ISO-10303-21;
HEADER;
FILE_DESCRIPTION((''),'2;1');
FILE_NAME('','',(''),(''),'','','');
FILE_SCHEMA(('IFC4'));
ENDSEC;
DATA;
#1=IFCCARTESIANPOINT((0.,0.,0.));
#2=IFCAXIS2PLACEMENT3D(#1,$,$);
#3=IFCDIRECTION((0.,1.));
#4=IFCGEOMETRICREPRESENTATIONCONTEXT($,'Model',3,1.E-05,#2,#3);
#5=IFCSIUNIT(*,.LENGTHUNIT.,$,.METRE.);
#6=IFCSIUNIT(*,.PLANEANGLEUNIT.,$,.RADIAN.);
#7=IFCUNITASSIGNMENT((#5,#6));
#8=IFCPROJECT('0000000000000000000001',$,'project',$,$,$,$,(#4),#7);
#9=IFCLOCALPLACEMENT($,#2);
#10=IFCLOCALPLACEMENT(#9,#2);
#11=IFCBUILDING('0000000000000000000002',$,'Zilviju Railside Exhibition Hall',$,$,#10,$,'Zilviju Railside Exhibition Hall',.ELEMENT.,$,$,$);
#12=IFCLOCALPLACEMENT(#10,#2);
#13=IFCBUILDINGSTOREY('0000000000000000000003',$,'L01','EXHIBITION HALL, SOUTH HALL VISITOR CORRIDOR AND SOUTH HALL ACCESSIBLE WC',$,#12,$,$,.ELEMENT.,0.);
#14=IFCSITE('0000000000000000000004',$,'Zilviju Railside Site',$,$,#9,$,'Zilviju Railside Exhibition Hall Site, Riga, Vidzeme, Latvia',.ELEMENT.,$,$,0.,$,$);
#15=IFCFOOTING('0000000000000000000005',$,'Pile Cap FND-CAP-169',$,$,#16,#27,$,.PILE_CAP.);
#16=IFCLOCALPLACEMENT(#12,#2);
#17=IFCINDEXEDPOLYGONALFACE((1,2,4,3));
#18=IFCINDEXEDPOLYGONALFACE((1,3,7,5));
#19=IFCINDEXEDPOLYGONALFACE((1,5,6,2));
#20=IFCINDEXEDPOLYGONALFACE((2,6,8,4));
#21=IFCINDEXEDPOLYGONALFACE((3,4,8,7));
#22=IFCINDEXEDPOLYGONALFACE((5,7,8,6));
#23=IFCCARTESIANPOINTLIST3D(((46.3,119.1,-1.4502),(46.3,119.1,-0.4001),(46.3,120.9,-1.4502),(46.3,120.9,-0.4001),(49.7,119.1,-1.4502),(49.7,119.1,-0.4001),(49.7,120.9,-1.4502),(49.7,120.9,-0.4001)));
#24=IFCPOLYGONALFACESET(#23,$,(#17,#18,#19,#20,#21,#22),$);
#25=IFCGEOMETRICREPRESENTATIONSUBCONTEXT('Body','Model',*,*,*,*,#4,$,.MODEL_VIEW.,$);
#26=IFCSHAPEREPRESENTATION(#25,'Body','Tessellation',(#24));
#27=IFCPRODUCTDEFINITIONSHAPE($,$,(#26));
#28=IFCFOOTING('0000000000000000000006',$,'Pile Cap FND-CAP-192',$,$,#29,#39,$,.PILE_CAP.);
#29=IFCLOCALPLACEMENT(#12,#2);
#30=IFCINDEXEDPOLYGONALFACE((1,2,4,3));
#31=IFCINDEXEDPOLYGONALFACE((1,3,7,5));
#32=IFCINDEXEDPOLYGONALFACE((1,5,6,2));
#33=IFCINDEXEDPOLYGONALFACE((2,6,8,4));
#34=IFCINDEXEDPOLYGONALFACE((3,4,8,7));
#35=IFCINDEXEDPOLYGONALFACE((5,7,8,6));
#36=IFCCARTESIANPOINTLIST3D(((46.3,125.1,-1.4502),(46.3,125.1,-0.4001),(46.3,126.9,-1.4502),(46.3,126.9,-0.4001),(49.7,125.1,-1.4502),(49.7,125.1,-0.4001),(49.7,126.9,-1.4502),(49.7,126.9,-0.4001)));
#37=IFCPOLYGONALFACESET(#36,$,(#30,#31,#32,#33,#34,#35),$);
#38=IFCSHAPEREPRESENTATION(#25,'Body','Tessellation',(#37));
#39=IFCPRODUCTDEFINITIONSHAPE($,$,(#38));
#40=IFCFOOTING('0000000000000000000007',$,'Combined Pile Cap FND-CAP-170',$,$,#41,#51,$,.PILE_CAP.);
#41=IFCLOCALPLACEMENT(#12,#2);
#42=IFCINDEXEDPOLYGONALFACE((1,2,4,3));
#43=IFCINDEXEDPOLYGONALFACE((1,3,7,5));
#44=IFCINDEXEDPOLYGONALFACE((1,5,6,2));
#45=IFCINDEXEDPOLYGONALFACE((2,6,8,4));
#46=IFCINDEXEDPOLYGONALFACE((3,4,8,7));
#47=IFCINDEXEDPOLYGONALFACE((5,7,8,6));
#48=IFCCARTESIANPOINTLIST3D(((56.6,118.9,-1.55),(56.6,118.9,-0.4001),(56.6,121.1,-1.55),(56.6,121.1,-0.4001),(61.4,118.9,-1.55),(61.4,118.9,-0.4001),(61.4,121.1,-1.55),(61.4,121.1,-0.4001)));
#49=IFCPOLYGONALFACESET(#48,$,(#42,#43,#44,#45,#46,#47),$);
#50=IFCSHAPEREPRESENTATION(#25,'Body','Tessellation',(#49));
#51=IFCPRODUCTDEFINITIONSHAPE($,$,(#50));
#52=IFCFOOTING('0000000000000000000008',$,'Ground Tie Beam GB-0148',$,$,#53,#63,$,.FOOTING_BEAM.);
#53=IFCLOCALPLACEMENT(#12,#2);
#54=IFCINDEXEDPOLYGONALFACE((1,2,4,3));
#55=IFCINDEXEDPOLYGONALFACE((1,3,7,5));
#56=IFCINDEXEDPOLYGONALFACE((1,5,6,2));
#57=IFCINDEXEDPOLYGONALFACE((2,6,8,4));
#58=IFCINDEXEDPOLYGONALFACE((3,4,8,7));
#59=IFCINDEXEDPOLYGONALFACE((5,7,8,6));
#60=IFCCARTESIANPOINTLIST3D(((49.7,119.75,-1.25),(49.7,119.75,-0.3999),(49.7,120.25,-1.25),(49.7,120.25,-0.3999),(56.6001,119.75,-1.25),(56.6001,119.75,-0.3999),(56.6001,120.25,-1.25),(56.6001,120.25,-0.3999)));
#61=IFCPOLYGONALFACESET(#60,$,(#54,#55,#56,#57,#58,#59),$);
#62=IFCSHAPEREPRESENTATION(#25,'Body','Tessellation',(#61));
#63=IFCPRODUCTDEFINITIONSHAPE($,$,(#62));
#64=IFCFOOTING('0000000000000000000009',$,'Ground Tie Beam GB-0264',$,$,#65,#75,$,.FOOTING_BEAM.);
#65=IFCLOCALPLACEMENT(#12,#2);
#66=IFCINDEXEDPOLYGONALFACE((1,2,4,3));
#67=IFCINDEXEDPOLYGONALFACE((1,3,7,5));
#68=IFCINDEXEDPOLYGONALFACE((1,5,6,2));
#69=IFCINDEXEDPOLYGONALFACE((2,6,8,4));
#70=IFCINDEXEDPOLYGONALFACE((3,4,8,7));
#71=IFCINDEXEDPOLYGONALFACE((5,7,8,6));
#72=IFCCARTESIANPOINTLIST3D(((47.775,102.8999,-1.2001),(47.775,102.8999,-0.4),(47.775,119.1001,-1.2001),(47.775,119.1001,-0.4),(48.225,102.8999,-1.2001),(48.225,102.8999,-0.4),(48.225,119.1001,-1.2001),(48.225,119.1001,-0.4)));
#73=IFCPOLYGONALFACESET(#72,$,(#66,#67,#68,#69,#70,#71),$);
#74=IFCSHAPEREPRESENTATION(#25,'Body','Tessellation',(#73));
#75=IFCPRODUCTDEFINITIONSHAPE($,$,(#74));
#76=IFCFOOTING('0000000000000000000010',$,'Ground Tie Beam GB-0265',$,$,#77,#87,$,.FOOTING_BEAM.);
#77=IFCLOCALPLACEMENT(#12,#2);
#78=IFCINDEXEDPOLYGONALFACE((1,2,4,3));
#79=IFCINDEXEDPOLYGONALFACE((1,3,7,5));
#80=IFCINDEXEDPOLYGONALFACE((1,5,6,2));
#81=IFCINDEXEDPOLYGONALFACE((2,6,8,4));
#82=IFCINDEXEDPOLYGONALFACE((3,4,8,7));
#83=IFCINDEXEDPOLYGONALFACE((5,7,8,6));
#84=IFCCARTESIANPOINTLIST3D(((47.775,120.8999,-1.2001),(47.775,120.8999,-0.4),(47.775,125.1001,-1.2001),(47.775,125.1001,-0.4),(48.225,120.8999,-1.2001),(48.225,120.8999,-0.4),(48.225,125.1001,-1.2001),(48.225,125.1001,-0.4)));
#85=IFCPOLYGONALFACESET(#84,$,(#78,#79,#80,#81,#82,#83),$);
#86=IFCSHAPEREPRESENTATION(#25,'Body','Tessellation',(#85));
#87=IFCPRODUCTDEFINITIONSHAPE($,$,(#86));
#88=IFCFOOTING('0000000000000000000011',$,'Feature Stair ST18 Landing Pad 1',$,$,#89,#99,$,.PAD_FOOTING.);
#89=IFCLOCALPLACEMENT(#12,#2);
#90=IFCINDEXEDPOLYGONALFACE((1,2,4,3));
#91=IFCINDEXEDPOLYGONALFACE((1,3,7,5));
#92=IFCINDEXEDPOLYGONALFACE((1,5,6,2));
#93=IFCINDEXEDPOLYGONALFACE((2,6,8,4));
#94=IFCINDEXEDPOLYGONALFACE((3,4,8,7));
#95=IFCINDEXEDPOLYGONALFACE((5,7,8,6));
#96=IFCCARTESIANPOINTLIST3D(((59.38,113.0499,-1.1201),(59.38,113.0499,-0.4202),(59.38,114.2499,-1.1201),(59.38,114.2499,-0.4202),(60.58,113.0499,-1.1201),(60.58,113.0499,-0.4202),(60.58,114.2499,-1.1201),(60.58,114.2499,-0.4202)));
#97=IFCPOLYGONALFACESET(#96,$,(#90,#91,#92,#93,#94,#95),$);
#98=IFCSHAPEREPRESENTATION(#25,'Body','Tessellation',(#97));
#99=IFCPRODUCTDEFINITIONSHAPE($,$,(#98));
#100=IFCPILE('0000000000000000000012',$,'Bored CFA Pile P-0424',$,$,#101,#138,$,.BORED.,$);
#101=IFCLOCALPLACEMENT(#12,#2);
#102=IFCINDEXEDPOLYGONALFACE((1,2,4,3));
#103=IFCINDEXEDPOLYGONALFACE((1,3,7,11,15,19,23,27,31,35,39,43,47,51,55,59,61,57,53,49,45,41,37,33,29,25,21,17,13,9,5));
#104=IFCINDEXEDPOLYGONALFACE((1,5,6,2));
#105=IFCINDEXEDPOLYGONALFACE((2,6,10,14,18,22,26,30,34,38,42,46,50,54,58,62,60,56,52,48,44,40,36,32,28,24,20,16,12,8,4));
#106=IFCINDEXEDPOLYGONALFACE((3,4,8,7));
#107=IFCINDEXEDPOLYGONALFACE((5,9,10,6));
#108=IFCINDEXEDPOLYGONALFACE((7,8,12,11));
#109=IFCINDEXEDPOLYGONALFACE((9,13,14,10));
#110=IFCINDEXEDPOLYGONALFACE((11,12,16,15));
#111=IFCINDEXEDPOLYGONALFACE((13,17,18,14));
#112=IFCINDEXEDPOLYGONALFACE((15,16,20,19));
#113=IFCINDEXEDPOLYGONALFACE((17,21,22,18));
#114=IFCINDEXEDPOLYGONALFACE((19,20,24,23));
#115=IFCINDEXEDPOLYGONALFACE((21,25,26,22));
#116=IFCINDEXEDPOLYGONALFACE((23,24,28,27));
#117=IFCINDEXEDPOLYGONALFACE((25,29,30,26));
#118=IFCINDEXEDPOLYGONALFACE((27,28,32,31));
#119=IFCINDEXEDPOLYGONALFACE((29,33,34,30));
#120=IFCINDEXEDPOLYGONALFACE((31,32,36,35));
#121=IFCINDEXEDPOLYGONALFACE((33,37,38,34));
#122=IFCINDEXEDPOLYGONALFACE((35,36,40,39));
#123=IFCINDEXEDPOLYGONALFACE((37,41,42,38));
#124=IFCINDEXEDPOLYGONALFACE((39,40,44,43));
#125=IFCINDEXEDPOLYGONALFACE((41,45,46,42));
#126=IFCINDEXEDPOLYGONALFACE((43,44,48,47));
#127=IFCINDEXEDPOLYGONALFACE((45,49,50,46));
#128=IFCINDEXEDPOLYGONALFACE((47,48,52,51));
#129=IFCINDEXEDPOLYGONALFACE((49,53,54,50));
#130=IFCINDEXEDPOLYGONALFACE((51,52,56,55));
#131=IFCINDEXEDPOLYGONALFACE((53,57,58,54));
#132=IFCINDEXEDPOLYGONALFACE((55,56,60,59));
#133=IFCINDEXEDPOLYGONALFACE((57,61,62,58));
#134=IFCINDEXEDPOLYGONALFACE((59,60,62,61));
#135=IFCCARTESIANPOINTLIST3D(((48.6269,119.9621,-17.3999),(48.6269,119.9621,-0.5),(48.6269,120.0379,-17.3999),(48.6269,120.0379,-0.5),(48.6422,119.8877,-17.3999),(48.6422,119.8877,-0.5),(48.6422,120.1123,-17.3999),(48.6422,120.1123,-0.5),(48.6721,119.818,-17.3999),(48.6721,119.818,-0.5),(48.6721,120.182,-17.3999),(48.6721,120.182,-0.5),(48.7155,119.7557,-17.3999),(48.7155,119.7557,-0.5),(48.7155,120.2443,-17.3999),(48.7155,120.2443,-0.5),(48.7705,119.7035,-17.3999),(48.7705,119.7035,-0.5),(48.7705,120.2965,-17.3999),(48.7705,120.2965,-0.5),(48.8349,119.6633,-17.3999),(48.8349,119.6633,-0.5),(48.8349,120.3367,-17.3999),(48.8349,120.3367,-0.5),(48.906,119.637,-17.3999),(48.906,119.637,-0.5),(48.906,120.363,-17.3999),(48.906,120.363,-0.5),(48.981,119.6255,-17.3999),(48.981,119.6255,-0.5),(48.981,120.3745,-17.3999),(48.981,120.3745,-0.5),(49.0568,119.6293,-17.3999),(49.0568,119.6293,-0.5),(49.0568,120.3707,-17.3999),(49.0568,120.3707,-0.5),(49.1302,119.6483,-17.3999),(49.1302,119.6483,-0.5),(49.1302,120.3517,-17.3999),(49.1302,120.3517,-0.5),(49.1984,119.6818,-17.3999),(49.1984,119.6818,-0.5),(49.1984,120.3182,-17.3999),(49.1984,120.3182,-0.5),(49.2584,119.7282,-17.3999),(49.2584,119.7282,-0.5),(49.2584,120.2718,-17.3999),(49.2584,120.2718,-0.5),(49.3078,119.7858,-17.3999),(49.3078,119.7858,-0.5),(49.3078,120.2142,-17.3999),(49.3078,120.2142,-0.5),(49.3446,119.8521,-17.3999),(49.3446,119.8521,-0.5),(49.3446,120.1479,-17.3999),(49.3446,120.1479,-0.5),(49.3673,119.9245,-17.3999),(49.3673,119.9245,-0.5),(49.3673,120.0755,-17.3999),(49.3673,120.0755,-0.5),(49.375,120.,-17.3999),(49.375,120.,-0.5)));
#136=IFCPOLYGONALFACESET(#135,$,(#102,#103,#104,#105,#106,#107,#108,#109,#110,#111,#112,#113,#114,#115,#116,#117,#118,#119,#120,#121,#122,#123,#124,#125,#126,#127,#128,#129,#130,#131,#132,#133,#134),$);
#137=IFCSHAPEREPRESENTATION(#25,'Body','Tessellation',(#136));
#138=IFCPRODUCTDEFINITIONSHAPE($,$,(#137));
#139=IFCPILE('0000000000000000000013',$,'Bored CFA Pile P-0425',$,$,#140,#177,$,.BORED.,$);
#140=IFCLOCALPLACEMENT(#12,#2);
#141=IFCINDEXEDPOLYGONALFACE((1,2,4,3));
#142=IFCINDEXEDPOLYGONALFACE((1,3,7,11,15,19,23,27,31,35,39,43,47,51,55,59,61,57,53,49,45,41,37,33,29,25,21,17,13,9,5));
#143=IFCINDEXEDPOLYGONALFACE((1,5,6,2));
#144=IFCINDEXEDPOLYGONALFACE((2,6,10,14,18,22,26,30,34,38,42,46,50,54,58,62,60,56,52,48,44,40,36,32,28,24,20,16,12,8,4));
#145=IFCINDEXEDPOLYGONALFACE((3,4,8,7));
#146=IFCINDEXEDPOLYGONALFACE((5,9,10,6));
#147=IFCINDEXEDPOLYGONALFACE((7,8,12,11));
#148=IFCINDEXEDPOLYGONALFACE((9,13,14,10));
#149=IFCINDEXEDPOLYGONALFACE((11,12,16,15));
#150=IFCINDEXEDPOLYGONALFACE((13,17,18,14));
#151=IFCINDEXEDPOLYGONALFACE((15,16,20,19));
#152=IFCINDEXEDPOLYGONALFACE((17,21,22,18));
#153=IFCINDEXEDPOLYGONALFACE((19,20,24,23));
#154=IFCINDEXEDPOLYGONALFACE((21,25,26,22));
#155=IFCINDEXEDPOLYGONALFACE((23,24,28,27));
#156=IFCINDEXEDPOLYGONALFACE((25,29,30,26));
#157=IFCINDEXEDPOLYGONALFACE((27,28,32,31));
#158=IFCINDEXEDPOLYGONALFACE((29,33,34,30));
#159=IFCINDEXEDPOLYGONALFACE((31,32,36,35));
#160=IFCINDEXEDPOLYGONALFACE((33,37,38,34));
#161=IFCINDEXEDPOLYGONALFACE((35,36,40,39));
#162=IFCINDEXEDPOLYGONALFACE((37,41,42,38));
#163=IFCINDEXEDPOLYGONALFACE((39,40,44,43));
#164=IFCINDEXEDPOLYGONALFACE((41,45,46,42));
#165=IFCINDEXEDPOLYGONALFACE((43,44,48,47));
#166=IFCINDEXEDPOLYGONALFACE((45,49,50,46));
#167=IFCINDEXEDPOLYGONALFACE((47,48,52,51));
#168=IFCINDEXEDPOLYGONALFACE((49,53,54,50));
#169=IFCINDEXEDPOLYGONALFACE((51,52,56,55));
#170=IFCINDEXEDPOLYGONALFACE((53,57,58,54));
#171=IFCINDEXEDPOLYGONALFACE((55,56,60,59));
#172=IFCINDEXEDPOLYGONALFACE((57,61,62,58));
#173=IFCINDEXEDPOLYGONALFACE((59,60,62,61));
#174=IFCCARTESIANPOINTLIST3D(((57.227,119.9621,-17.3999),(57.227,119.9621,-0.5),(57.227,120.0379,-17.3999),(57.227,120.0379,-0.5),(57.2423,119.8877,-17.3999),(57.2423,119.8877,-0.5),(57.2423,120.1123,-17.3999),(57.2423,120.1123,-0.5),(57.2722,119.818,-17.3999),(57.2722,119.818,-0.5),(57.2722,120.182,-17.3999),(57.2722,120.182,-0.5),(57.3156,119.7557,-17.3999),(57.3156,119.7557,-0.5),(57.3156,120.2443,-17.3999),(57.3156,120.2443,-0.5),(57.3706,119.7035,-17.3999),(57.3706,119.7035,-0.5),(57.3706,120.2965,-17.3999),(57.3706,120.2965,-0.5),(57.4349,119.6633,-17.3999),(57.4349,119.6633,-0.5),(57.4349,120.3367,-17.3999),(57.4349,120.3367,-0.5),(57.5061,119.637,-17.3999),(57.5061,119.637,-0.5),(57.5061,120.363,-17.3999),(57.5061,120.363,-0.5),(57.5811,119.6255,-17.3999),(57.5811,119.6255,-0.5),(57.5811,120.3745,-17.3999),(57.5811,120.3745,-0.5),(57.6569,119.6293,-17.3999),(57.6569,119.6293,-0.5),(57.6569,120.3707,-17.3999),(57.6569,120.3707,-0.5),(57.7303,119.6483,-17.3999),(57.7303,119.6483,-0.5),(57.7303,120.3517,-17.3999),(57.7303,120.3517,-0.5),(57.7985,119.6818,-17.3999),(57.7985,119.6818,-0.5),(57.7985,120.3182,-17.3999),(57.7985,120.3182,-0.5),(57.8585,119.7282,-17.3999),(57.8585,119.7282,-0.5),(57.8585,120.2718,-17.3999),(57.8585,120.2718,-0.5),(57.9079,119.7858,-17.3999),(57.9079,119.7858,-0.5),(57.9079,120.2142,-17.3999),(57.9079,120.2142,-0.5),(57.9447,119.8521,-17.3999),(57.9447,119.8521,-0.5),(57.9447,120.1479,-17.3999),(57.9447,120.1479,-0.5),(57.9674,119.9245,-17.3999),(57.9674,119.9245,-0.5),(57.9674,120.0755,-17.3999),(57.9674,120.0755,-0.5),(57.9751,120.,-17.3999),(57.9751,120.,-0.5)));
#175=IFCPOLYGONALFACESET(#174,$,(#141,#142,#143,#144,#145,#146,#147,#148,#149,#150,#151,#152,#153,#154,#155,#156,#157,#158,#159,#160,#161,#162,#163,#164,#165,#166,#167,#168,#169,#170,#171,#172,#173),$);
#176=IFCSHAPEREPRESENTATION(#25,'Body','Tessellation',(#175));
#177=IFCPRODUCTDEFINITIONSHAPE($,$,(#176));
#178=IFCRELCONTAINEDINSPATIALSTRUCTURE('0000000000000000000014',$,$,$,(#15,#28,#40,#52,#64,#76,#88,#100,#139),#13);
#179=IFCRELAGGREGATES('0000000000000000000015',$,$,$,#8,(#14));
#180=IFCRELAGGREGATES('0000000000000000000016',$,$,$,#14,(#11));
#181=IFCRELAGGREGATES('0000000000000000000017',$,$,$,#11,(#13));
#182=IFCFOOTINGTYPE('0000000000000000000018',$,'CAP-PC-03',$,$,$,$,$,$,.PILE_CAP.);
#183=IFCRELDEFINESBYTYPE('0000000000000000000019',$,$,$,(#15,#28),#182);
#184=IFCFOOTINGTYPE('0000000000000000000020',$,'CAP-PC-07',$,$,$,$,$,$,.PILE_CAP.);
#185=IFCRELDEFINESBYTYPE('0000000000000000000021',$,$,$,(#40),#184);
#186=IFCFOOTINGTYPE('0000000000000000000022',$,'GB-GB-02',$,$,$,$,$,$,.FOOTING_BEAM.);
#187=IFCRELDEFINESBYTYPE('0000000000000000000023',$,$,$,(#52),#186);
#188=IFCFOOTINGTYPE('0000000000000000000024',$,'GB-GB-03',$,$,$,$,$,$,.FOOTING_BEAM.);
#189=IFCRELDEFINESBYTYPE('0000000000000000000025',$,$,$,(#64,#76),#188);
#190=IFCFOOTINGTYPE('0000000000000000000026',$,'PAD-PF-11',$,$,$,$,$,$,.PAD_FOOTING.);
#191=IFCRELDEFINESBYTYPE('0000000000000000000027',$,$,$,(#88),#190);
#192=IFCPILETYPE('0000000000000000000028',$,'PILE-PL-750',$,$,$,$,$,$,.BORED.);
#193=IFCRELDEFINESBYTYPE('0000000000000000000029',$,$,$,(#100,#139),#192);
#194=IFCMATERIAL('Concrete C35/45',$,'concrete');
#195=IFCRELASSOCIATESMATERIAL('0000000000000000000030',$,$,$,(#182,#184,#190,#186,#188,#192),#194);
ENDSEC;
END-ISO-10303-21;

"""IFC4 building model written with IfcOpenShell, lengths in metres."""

from ifc_helpers import new_model, si_unit, direction, frame, origin, origin_2d, place, context, subcontext, project, spatial, rectangle, circle, extrude, material, material_profile, profile_set, type_object, element, save


model = new_model("IFC4")

# Units and contexts
model_context = context("Model", 3, precision=1e-05, world=origin(), true_north=direction((0.0, 1.0)))
body_context = subcontext(model_context, "Body", "Model", "MODEL_VIEW")
ifc_project = project(units=[si_unit("LENGTHUNIT", "METRE"), si_unit("PLANEANGLEUNIT", "RADIAN")], contexts=[model_context])

# Site, building, storey
site_placement = place(None, origin())
site = spatial("IfcSite", under=ifc_project, at=site_placement, Name="Zilviju Railside Site", LongName="Zilviju Railside Exhibition Hall Site, Riga, Vidzeme, Latvia", CompositionType="ELEMENT", RefElevation=0.0)
building_placement = place(site_placement, origin())
building = spatial("IfcBuilding", under=site, at=building_placement, Name="Zilviju Railside Exhibition Hall", LongName="Zilviju Railside Exhibition Hall", CompositionType="ELEMENT")
storey_placement = place(building_placement, origin())
storey = spatial("IfcBuildingStorey", under=building, at=storey_placement, Name="L01", Description="EXHIBITION HALL, SOUTH HALL VISITOR CORRIDOR AND SOUTH HALL ACCESSIBLE WC", CompositionType="ELEMENT", Elevation=0.0)

# Footings
ifc_material_1 = material(Name="Concrete C35/45", Category="concrete")
footing_type_1 = type_object("IfcFootingType", Name="CAP-PC-03", PredefinedType="PILE_CAP", material=ifc_material_1)
for number, where, z_axis, x_axis, name in (
    (1, (48.0, 120.0, -1.4502), (0.0, 0.0, 1.0), (1.0, 0.0, 0.0), "Pile Cap FND-CAP-169"),
    (2, (48.0, 126.0, -1.4502), (0.0, 0.0, 1.0), (1.0, 0.0, 0.0), "Pile Cap FND-CAP-192"),
):
    element("IfcFooting", number, at=place(storey_placement, frame(where, z_axis=z_axis, x_axis=x_axis)), inside=storey, type_object=footing_type_1, Name=name, PredefinedType="PILE_CAP", context=body_context, shape_type="SweptSolid", body=[
        extrude(rectangle(XDim=3.3999, YDim=1.8, at=origin_2d()), origin(), (0.0, 0.0, 1.0), 1.05),
    ])
footing_type_2 = type_object("IfcFootingType", Name="CAP-PC-07", PredefinedType="PILE_CAP", material=ifc_material_1)
footing_1_placement = place(storey_placement, frame((59.0, 120.0, -1.55), z_axis=(0.0, 0.0, 1.0), x_axis=(1.0, 0.0, 0.0)))
element("IfcFooting", 3, at=footing_1_placement, inside=storey, type_object=footing_type_2, Name="Combined Pile Cap FND-CAP-170", PredefinedType="PILE_CAP", context=body_context, shape_type="SweptSolid", body=[
    extrude(rectangle(XDim=4.8, YDim=2.2, at=origin_2d()), origin(), (0.0, 0.0, 1.0), 1.1499),
])
ifc_material_profile_1 = material_profile(ifc_material_1, rectangle(XDim=0.5, YDim=0.8501, at=origin_2d()), Name="TIE BEAM 500x850")
ifc_profile_set_1 = profile_set([ifc_material_profile_1], Name="Concrete C35/45")
footing_type_3 = type_object("IfcFootingType", Name="GB-GB-02", PredefinedType="FOOTING_BEAM", material=ifc_profile_set_1)
footing_2_placement = place(storey_placement, frame((49.7, 120.0, -0.825), z_axis=(1.0, 0.0, 0.0), x_axis=(0.0, 1.0, 0.0)))
element("IfcFooting", 4, at=footing_2_placement, inside=storey, type_object=footing_type_3, Name="Ground Tie Beam GB-0148", PredefinedType="FOOTING_BEAM", context=body_context, shape_type="SweptSolid", body=[
    extrude(rectangle(XDim=0.5, YDim=0.8501, at=origin_2d()), origin(), (0.0, 0.0, 1.0), 6.9001),
])
ifc_material_profile_2 = material_profile(ifc_material_1, rectangle(XDim=0.45, YDim=0.8, at=origin_2d()), Name="TIE BEAM 450x800")
ifc_profile_set_2 = profile_set([ifc_material_profile_2], Name="Concrete C35/45")
footing_type_4 = type_object("IfcFootingType", Name="GB-GB-03", PredefinedType="FOOTING_BEAM", material=ifc_profile_set_2)
footing_3_placement = place(storey_placement, frame((48.0, 102.8999, -0.8), z_axis=(0.0, 1.0, 0.0), x_axis=(-1.0, 0.0, 0.0)))
element("IfcFooting", 5, at=footing_3_placement, inside=storey, type_object=footing_type_4, Name="Ground Tie Beam GB-0264", PredefinedType="FOOTING_BEAM", context=body_context, shape_type="SweptSolid", body=[
    extrude(rectangle(XDim=0.45, YDim=0.8, at=origin_2d()), origin(), (0.0, 0.0, 1.0), 16.2002),
])
footing_4_placement = place(storey_placement, frame((48.0, 120.8999, -0.8), z_axis=(0.0, 1.0, 0.0), x_axis=(-1.0, 0.0, 0.0)))
element("IfcFooting", 6, at=footing_4_placement, inside=storey, type_object=footing_type_4, Name="Ground Tie Beam GB-0265", PredefinedType="FOOTING_BEAM", context=body_context, shape_type="SweptSolid", body=[
    extrude(rectangle(XDim=0.45, YDim=0.8, at=origin_2d()), origin(), (0.0, 0.0, 1.0), 4.2002),
])
footing_type_5 = type_object("IfcFootingType", Name="PAD-PF-11", PredefinedType="PAD_FOOTING", material=ifc_material_1)
footing_5_placement = place(storey_placement, frame((59.98, 113.6499, -1.1201), z_axis=(0.0, 0.0, 1.0), x_axis=(1.0, 0.0, 0.0)))
element("IfcFooting", 7, at=footing_5_placement, inside=storey, type_object=footing_type_5, Name="Feature Stair ST18 Landing Pad 1", PredefinedType="PAD_FOOTING", context=body_context, shape_type="SweptSolid", body=[
    extrude(rectangle(XDim=1.2, YDim=1.2, at=origin_2d()), origin(), (0.0, 0.0, 1.0), 0.7),
])

# Piles
ifc_material_profile_3 = material_profile(ifc_material_1, circle(Radius=0.375, at=origin_2d()), Name="CFA PILE D750")
ifc_profile_set_3 = profile_set([ifc_material_profile_3], Name="Concrete C35/45")
pile_type = type_object("IfcPileType", Name="PILE-PL-750", PredefinedType="BORED", material=ifc_profile_set_3)
for number, where, z_axis, x_axis, name in (
    (8, (49.0, 120.0, -0.5), (0.0, 0.0, -1.0), (1.0, 0.0, 0.0), "Bored CFA Pile P-0424"),
    (9, (57.6001, 120.0, -0.5), (0.0, 0.0, -1.0), (1.0, 0.0, 0.0), "Bored CFA Pile P-0425"),
):
    element("IfcPile", number, at=place(storey_placement, frame(where, z_axis=z_axis, x_axis=x_axis)), inside=storey, type_object=pile_type, Name=name, PredefinedType="BORED", context=body_context, shape_type="SweptSolid", body=[
        extrude(circle(Radius=0.375, at=origin_2d()), origin(), (0.0, 0.0, 1.0), 16.8999),
    ])

save(model, "model.ifc")
